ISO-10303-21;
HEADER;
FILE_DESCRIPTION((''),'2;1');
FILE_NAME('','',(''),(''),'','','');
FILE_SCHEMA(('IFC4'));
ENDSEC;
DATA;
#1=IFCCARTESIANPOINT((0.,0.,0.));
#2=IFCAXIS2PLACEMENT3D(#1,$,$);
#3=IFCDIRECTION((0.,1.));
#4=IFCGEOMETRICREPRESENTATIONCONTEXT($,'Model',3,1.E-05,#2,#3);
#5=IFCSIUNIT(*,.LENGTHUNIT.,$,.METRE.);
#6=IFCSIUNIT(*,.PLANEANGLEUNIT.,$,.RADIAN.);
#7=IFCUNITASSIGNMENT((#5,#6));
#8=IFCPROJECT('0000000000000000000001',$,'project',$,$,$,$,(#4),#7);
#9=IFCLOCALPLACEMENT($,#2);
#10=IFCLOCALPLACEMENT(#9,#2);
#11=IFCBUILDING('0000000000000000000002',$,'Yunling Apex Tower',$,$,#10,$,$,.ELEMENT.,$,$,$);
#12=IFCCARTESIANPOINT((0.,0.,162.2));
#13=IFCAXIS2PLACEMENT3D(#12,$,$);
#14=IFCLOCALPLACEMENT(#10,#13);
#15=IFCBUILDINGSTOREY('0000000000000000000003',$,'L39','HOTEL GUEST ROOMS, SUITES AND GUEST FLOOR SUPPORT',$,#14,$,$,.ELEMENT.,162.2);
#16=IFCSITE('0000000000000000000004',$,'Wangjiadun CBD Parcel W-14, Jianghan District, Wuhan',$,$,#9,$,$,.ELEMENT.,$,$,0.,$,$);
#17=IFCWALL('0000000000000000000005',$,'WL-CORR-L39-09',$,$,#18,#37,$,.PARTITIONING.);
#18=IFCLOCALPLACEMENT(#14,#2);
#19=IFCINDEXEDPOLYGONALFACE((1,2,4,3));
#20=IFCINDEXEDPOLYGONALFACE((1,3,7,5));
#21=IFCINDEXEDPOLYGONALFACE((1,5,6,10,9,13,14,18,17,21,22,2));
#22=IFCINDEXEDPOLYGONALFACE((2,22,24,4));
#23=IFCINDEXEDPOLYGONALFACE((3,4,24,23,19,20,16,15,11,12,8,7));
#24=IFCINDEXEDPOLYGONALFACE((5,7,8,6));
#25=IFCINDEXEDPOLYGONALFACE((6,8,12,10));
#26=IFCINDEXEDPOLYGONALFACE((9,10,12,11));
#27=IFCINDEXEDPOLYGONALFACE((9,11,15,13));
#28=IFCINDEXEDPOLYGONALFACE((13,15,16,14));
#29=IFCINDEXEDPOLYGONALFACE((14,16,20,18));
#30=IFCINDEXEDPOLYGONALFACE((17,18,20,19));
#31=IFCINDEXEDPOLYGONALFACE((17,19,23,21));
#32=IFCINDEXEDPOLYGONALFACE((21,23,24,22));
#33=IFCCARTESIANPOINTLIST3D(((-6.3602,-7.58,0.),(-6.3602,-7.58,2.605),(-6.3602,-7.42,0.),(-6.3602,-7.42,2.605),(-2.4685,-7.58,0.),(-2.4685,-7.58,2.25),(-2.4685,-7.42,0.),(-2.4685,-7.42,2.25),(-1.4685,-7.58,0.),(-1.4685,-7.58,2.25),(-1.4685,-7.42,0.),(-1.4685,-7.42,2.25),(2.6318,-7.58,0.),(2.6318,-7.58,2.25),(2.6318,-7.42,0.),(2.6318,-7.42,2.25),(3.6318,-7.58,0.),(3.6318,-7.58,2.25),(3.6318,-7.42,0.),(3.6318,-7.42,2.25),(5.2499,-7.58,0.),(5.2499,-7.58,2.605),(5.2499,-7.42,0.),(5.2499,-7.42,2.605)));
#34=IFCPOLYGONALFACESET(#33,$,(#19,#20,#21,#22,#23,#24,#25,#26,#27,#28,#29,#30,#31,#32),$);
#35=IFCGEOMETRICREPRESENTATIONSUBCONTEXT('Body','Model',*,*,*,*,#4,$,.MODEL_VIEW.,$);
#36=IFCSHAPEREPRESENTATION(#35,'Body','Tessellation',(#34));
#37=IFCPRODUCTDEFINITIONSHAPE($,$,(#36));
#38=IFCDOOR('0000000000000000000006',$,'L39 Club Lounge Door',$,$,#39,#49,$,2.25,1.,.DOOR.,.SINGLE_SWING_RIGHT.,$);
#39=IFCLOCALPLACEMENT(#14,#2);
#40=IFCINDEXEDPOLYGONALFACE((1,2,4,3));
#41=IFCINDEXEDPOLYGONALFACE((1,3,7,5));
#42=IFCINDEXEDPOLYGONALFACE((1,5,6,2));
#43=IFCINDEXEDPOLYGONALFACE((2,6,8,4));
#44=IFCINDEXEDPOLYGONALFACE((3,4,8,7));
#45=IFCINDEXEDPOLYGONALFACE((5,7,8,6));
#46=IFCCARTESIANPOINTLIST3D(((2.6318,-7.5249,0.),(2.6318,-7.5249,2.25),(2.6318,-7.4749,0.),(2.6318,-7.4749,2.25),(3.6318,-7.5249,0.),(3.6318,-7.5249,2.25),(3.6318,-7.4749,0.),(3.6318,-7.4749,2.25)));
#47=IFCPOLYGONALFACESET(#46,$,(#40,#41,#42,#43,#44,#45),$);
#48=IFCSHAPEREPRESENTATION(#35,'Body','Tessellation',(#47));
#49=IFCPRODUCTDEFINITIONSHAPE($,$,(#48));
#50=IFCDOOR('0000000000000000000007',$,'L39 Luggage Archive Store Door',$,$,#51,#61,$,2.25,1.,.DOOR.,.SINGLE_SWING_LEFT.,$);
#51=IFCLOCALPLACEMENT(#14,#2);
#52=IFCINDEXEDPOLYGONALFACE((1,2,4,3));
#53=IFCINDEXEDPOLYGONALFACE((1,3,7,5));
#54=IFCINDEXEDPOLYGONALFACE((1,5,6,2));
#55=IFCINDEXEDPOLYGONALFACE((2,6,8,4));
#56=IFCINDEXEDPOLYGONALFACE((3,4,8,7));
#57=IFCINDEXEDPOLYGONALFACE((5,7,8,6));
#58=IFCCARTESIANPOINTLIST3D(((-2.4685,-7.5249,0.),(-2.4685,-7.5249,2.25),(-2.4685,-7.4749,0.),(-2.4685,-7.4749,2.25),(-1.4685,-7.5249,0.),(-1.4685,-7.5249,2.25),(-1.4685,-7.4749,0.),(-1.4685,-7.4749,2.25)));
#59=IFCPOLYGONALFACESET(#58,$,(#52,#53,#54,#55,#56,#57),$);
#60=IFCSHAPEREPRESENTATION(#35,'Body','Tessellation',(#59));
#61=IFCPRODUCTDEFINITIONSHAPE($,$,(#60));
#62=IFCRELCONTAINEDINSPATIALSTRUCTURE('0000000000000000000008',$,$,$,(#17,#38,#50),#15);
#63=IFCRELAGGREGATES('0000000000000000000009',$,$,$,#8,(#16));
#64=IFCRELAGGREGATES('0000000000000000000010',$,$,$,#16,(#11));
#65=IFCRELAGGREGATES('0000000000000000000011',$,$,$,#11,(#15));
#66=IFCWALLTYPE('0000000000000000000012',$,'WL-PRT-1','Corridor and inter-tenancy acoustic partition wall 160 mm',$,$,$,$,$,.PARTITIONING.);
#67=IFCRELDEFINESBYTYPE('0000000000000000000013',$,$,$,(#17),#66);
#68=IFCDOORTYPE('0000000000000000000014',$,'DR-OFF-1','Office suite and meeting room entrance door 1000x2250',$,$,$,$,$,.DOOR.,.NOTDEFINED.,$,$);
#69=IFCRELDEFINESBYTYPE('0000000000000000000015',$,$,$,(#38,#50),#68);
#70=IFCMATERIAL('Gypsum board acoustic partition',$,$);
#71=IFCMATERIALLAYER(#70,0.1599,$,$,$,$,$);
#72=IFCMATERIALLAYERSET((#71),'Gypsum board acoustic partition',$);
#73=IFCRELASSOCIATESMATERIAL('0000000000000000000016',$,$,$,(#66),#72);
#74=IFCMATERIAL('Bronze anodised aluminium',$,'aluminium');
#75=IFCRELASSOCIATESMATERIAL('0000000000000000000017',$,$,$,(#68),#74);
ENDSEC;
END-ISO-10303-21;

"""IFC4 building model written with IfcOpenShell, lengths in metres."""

from ifc_helpers import new_model, si_unit, direction, frame, frame_2d, origin, place, context, subcontext, project, spatial, rectangle, extrude, material, layer, layer_set, type_object, element, fill, save


model = new_model("IFC4")

# Units and contexts
model_context = context("Model", 3, precision=1e-05, world=origin(), true_north=direction((0.0, 1.0)))
body_context = subcontext(model_context, "Body", "Model", "MODEL_VIEW")
ifc_project = project(units=[si_unit("LENGTHUNIT", "METRE"), si_unit("PLANEANGLEUNIT", "RADIAN")], contexts=[model_context])

# Site, building, storey
site_placement = place(None, origin())
site = spatial("IfcSite", under=ifc_project, at=site_placement, Name="Wangjiadun CBD Parcel W-14, Jianghan District, Wuhan", CompositionType="ELEMENT", RefElevation=0.0)
building_placement = place(site_placement, origin())
building = spatial("IfcBuilding", under=site, at=building_placement, Name="Yunling Apex Tower", CompositionType="ELEMENT")
storey_placement = place(building_placement, frame((0.0, 0.0, 162.2)))
storey = spatial("IfcBuildingStorey", under=building, at=storey_placement, Name="L39", Description="HOTEL GUEST ROOMS, SUITES AND GUEST FLOOR SUPPORT", CompositionType="ELEMENT", Elevation=162.2)

# Shared definitions
ifc_material_1 = material(Name="Bronze anodised aluminium", Category="aluminium")

# Shared definitions
ifc_material_2 = material(Name="Gypsum board acoustic partition")
ifc_layer_1 = layer(ifc_material_2, 0.1599)
ifc_layer_set_1 = layer_set([ifc_layer_1], Name="Gypsum board acoustic partition")
wall_type_1 = type_object("IfcWallType", Name="WL-PRT-1", Description="Corridor and inter-tenancy acoustic partition wall 160 mm", PredefinedType="PARTITIONING", material=ifc_layer_set_1)

# Wall, openings, doors
wall_1_placement = place(storey_placement, frame((5.25, -7.5, 0.0), z_axis=(0.0, 0.0, 1.0), x_axis=(-1.0, 0.0, 0.0)))
wall_1 = element("IfcWall", 1, at=wall_1_placement, inside=storey, type_object=wall_type_1, Name="WL-CORR-L39-09", PredefinedType="PARTITIONING", context=body_context, shape_type="SweptSolid", body=[
    extrude(rectangle(XDim=11.6101, YDim=0.1599, at=frame_2d((5.8052, 0.0))), origin(), (0.0, 0.0, 1.0), 2.605),
])
opening_1_placement = place(wall_1_placement, frame((1.6182, 0.0, 0.0)))
opening_1 = element("IfcOpeningElement", 2, at=opening_1_placement, cuts=wall_1, PredefinedType="OPENING", context=body_context, shape_type="SweptSolid", body=[
    extrude(rectangle(XDim=1.0, YDim=2.25, at=frame_2d((0.5, 1.125))), frame((0.0, 0.0898, 0.0), z_axis=(0.0, -1.0, 0.0), x_axis=(1.0, 0.0, 0.0)), (0.0, 0.0, 1.0), 0.1799),
])
opening_2_placement = place(wall_1_placement, frame((6.7185, 0.0, 0.0)))
opening_2 = element("IfcOpeningElement", 3, at=opening_2_placement, cuts=wall_1, PredefinedType="OPENING", context=body_context, shape_type="SweptSolid", body=[
    extrude(rectangle(XDim=1.0, YDim=2.25, at=frame_2d((0.5, 1.125))), frame((0.0, 0.0898, 0.0), z_axis=(0.0, -1.0, 0.0), x_axis=(1.0, 0.0, 0.0)), (0.0, 0.0, 1.0), 0.1799),
])
door_type = type_object("IfcDoorType", Name="DR-OFF-1", Description="Office suite and meeting room entrance door 1000x2250", OperationType="NOTDEFINED", PredefinedType="DOOR", material=ifc_material_1)
door_1_placement = place(opening_1_placement, origin())
door_1 = element("IfcDoor", 4, at=door_1_placement, inside=storey, type_object=door_type, Name="L39 Club Lounge Door", OperationType="SINGLE_SWING_RIGHT", OverallHeight=2.25, OverallWidth=1.0, PredefinedType="DOOR", context=body_context, shape_type="SweptSolid", body=[
    extrude(rectangle(XDim=1.0, YDim=2.25, at=frame_2d((0.5, 1.125))), frame((0.0, 0.0249, 0.0), z_axis=(0.0, -1.0, 0.0), x_axis=(1.0, 0.0, 0.0)), (0.0, 0.0, 1.0), 0.05),
])
fill(opening_1, door_1)
door_2_placement = place(opening_2_placement, origin())
door_2 = element("IfcDoor", 5, at=door_2_placement, inside=storey, type_object=door_type, Name="L39 Luggage Archive Store Door", OperationType="SINGLE_SWING_LEFT", OverallHeight=2.25, OverallWidth=1.0, PredefinedType="DOOR", context=body_context, shape_type="SweptSolid", body=[
    extrude(rectangle(XDim=1.0, YDim=2.25, at=frame_2d((0.5, 1.125))), frame((0.0, 0.0249, 0.0), z_axis=(0.0, -1.0, 0.0), x_axis=(1.0, 0.0, 0.0)), (0.0, 0.0, 1.0), 0.05),
])
fill(opening_2, door_2)

save(model, "model.ifc")
